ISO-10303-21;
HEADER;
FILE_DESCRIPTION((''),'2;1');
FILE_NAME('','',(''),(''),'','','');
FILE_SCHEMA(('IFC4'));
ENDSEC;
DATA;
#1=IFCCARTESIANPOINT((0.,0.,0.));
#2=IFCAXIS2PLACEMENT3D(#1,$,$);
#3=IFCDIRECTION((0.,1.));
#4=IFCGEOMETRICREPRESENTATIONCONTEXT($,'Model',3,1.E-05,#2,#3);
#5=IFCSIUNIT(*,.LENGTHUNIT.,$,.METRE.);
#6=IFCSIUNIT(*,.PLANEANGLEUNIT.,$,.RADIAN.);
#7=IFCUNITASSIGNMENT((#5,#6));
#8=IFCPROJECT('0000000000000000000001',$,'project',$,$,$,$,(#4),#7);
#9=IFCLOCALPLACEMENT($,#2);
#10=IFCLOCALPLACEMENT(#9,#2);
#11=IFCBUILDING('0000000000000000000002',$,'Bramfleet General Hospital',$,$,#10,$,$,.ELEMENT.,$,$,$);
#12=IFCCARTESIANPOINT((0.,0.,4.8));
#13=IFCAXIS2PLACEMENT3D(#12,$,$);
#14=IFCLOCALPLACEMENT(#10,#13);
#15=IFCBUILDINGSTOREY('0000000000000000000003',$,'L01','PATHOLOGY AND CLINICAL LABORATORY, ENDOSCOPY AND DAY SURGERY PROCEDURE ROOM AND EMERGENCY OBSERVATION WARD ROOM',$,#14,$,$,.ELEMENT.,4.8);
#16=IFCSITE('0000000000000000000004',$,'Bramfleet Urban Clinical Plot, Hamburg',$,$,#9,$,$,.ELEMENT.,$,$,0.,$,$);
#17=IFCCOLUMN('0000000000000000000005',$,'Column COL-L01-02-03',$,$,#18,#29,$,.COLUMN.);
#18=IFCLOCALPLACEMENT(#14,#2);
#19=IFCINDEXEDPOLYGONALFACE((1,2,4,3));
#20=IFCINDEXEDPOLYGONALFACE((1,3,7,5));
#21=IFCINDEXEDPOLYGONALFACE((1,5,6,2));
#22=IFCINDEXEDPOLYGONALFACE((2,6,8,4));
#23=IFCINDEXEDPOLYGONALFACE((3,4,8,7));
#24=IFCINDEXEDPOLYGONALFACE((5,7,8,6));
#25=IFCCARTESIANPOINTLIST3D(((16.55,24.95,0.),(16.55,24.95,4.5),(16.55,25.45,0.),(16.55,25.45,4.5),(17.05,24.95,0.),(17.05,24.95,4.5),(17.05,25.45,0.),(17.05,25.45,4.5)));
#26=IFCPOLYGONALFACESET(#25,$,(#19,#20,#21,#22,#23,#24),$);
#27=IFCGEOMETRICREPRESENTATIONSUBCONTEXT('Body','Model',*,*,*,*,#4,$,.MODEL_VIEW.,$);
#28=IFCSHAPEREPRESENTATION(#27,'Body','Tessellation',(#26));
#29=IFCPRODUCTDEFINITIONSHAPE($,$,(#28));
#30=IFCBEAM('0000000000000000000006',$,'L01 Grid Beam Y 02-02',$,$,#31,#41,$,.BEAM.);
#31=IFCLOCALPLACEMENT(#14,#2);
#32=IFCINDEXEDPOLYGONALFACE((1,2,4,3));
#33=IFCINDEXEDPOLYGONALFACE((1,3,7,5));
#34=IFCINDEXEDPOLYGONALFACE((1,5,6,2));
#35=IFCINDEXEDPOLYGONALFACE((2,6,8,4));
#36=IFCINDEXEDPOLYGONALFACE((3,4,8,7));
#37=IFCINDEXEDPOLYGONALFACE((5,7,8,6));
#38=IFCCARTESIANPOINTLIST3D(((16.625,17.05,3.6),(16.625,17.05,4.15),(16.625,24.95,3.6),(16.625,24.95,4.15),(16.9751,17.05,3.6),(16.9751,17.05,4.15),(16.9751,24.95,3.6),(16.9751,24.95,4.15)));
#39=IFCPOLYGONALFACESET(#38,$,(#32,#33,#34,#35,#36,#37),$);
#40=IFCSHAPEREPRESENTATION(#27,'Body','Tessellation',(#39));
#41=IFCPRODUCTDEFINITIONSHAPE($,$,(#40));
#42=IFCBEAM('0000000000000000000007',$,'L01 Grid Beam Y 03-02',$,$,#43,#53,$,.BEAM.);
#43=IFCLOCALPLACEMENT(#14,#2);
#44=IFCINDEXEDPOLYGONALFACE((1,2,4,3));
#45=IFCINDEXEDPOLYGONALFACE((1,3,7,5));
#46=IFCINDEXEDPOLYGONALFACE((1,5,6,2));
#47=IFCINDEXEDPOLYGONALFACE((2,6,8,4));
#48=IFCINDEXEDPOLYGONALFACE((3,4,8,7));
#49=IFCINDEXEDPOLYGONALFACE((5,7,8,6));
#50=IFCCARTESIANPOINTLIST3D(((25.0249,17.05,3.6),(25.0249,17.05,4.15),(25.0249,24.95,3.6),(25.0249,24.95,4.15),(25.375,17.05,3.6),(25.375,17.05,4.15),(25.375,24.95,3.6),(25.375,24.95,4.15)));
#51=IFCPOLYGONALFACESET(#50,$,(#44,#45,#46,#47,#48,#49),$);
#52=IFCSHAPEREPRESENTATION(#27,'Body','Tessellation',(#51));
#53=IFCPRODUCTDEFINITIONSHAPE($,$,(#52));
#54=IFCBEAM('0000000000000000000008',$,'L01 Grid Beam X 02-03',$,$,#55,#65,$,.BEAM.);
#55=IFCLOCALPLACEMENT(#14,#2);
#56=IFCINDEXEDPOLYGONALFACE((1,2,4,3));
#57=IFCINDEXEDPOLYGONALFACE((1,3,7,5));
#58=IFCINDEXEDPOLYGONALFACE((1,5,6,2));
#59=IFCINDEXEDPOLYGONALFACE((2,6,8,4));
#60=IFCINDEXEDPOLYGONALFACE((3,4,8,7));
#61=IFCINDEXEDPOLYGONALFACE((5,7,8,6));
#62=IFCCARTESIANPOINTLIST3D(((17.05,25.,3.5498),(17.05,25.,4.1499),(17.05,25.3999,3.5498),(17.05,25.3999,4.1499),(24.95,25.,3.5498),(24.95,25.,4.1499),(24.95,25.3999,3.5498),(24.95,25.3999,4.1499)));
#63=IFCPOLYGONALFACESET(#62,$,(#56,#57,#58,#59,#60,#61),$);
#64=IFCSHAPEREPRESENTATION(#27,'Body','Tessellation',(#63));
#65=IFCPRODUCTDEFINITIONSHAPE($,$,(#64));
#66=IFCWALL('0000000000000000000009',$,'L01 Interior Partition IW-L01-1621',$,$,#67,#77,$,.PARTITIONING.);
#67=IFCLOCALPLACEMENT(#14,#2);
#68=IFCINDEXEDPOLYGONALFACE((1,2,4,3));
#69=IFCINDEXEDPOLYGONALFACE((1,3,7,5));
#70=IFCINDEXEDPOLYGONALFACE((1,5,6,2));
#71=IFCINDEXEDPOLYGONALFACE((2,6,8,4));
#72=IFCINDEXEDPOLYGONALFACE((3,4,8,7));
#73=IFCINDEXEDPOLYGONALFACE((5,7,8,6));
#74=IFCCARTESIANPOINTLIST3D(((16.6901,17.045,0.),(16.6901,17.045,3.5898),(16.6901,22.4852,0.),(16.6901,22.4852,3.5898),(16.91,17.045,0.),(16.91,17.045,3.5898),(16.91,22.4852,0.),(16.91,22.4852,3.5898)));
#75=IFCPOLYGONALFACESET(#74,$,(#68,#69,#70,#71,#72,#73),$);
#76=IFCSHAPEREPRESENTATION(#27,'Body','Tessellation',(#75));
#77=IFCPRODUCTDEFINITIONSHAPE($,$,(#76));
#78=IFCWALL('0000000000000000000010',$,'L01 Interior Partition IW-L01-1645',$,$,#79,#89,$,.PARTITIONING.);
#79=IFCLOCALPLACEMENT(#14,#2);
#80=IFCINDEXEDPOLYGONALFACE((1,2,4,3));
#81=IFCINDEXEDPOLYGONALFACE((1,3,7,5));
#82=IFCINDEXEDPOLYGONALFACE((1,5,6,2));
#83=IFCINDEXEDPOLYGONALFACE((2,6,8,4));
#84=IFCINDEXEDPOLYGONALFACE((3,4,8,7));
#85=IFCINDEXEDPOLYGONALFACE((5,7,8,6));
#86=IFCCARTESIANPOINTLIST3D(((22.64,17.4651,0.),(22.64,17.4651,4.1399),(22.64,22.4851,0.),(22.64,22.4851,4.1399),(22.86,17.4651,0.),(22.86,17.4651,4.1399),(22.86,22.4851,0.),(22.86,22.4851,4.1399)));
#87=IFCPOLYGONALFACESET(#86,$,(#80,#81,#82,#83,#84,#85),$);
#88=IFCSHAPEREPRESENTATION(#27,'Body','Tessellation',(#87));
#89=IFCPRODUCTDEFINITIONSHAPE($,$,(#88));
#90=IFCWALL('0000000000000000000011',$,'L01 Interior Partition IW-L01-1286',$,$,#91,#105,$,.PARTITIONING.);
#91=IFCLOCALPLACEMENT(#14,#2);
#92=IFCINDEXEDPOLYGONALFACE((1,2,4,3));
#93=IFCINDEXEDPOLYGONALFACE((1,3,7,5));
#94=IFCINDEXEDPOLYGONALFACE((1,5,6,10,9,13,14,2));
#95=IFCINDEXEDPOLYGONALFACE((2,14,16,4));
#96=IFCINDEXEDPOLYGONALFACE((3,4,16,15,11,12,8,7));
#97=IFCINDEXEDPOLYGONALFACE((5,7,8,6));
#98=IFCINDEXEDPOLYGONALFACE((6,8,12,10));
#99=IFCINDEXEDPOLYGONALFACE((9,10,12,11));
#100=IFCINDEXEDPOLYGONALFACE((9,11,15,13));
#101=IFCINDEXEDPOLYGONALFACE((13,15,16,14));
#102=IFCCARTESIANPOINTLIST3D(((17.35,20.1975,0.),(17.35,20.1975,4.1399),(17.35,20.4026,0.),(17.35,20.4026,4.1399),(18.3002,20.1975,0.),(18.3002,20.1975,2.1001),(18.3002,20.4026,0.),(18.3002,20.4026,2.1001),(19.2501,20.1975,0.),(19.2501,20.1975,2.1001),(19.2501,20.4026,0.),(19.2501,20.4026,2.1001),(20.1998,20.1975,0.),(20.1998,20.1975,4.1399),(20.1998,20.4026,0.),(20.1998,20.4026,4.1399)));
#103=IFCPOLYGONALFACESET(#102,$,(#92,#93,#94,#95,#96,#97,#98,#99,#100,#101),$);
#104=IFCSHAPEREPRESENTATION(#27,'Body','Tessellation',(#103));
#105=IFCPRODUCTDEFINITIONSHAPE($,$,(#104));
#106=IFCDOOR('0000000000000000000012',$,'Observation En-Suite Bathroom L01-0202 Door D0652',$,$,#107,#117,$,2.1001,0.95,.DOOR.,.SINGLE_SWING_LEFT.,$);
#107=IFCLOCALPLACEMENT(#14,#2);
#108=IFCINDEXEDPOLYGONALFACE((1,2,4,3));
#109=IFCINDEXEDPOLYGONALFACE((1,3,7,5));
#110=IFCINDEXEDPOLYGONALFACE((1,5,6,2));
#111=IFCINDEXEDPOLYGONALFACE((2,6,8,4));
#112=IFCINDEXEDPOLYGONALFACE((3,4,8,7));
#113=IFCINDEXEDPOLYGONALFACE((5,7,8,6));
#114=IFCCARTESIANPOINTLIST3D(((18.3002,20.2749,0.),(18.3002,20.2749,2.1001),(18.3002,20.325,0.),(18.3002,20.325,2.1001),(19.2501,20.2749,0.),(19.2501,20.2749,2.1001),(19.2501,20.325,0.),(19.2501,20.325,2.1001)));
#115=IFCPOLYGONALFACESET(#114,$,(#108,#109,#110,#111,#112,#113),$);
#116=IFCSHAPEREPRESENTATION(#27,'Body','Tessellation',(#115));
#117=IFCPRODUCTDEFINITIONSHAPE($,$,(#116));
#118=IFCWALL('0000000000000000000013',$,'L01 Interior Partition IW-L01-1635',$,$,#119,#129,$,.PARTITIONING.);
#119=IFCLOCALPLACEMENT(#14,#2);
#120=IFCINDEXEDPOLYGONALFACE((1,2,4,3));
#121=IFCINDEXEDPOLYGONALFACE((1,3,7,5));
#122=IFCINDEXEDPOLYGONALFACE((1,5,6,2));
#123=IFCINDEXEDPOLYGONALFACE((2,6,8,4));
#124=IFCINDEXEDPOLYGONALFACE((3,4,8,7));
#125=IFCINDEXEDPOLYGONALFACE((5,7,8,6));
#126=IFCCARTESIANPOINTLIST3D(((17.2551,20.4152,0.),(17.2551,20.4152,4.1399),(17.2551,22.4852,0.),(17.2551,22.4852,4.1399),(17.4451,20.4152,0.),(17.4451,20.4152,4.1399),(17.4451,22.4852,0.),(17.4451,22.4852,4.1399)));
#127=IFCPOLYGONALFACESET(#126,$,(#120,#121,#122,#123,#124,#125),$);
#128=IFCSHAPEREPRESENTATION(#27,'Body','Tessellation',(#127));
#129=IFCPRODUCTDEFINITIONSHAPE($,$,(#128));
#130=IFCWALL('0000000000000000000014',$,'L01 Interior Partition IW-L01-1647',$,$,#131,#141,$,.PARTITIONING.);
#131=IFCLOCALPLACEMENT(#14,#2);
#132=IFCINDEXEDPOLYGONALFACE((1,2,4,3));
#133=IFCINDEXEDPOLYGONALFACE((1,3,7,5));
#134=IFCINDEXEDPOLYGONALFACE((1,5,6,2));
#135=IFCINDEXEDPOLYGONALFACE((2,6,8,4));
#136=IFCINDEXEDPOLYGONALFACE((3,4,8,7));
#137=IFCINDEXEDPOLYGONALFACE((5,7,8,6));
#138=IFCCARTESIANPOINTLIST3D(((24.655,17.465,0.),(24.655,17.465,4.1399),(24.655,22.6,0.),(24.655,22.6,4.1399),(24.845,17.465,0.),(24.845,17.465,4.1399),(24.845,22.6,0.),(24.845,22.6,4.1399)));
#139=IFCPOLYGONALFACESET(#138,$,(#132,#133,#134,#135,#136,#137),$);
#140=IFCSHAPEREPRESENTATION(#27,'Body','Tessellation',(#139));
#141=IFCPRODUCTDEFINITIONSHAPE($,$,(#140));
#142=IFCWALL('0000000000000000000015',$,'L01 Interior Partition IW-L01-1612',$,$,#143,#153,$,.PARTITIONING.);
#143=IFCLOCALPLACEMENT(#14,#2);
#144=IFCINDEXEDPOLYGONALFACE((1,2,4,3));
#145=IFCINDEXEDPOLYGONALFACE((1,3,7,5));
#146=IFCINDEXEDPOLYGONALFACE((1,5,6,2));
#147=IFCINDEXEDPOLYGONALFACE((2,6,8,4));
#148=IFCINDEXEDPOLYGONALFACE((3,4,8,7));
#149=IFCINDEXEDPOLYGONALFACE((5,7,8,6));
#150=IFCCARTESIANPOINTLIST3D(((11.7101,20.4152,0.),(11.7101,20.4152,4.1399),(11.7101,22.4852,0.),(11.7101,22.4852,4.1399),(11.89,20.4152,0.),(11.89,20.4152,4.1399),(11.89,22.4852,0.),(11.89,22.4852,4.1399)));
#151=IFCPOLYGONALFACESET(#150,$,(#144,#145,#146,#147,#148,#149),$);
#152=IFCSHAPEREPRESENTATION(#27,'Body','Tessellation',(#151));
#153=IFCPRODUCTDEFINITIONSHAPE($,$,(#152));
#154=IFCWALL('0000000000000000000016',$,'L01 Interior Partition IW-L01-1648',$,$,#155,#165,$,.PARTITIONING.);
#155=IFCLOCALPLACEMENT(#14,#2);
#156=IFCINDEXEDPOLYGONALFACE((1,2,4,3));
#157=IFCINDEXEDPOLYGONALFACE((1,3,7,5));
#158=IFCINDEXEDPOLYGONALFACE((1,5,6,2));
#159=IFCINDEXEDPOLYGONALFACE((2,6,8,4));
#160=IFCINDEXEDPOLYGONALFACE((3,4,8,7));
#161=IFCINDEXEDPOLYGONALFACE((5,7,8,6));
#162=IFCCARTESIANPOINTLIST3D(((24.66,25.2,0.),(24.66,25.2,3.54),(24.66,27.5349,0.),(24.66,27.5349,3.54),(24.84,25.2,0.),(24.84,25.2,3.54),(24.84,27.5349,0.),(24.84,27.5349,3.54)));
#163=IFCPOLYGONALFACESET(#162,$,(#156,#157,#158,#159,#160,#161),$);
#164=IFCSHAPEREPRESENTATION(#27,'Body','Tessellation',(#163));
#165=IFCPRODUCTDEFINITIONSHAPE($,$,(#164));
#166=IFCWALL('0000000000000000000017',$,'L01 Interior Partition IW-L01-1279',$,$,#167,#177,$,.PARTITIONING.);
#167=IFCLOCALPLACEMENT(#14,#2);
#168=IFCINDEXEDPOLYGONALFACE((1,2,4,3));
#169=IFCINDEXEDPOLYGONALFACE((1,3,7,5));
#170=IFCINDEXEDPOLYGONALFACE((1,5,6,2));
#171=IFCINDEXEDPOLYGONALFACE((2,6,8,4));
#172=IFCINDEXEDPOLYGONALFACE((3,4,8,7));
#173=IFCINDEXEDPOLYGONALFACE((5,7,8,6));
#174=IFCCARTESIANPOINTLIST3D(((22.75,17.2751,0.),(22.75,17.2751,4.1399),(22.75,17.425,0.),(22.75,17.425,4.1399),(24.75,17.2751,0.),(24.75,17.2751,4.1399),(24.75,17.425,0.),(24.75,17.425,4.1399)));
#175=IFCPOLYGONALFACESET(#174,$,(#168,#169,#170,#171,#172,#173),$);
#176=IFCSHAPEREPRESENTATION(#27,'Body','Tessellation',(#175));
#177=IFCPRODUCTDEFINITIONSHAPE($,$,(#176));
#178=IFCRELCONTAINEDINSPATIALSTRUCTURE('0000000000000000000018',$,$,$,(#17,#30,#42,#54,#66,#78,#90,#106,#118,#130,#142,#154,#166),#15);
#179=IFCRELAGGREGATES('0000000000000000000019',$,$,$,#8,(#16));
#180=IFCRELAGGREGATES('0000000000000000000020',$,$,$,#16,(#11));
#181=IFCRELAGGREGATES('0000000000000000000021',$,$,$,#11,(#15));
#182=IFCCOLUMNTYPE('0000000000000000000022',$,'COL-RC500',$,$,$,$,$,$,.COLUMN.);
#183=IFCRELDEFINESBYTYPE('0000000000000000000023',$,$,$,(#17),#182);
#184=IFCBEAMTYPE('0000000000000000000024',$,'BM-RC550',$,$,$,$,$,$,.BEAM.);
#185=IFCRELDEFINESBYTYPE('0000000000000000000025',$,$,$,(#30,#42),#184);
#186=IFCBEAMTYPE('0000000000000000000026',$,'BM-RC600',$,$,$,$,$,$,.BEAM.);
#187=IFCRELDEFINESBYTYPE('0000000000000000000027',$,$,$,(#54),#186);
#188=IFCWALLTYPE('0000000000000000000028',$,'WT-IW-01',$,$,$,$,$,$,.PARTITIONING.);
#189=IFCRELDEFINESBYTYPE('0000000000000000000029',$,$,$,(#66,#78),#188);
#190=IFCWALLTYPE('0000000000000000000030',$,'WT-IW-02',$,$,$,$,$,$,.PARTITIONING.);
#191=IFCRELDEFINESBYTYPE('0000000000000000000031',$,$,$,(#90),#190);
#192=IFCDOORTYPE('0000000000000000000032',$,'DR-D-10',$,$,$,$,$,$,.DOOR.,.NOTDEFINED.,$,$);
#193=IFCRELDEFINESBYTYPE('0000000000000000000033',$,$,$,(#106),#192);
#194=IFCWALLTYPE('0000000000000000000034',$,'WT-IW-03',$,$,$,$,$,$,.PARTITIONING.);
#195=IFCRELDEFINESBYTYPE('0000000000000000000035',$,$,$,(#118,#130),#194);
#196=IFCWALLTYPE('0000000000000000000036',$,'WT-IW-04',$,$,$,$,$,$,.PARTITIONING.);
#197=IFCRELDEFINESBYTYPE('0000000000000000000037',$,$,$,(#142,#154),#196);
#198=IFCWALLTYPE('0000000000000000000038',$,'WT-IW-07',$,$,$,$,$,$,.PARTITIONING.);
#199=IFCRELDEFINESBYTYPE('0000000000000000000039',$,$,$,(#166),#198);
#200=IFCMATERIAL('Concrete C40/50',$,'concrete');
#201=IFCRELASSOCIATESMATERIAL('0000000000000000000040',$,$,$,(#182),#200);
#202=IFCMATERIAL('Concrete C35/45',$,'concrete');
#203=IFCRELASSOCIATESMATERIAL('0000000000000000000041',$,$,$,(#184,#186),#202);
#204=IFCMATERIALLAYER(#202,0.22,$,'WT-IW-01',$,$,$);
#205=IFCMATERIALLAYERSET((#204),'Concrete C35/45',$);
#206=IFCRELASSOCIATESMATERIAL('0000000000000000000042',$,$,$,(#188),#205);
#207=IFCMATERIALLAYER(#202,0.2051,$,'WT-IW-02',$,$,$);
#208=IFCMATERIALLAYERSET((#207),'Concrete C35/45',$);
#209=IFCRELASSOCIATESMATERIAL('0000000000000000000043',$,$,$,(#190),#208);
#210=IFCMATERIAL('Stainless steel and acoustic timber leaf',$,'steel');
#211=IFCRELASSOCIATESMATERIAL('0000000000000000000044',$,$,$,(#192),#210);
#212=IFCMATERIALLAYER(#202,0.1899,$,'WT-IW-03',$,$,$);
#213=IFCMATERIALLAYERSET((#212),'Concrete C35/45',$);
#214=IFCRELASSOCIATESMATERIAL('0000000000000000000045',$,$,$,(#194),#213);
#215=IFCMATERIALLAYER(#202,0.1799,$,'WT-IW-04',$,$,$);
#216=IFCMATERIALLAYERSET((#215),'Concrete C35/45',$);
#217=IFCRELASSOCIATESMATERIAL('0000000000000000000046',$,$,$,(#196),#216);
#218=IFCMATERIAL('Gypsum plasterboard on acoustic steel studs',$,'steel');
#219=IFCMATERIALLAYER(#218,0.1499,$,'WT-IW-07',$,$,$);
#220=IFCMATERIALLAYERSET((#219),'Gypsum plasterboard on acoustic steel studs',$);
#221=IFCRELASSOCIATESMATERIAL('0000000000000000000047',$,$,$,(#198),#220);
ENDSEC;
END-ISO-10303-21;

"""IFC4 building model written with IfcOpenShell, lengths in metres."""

from ifc_helpers import new_model, si_unit, direction, frame, frame_2d, origin, origin_2d, place, context, subcontext, project, spatial, rectangle, extrude, material, layer, layer_set, material_profile, profile_set, type_object, element, fill, save


model = new_model("IFC4")

# Units and contexts
model_context = context("Model", 3, precision=1e-05, world=origin(), true_north=direction((0.0, 1.0)))
body_context = subcontext(model_context, "Body", "Model", "MODEL_VIEW")
ifc_project = project(units=[si_unit("LENGTHUNIT", "METRE"), si_unit("PLANEANGLEUNIT", "RADIAN")], contexts=[model_context])

# Site, building, storey
site_placement = place(None, origin())
site = spatial("IfcSite", under=ifc_project, at=site_placement, Name="Bramfleet Urban Clinical Plot, Hamburg", CompositionType="ELEMENT", RefElevation=0.0)
building_placement = place(site_placement, origin())
building = spatial("IfcBuilding", under=site, at=building_placement, Name="Bramfleet General Hospital", CompositionType="ELEMENT")
storey_placement = place(building_placement, frame((0.0, 0.0, 4.8)))
storey = spatial("IfcBuildingStorey", under=building, at=storey_placement, Name="L01", Description="PATHOLOGY AND CLINICAL LABORATORY, ENDOSCOPY AND DAY SURGERY PROCEDURE ROOM AND EMERGENCY OBSERVATION WARD ROOM", CompositionType="ELEMENT", Elevation=4.8)

# Column
ifc_material_1 = material(Name="Concrete C40/50", Category="concrete")
ifc_material_profile_1 = material_profile(ifc_material_1, rectangle(XDim=0.5, YDim=0.5, at=origin_2d()), Name="RC COL 500x500")
ifc_profile_set_1 = profile_set([ifc_material_profile_1], Name="Concrete C40/50")
column_type = type_object("IfcColumnType", Name="COL-RC500", PredefinedType="COLUMN", material=ifc_profile_set_1)
column_placement = place(storey_placement, frame((16.8, 25.2, 0.0), z_axis=(0.0, 0.0, 1.0), x_axis=(1.0, 0.0, 0.0)))
element("IfcColumn", 1, at=column_placement, inside=storey, type_object=column_type, Name="Column COL-L01-02-03", PredefinedType="COLUMN", context=body_context, shape_type="SweptSolid", body=[
    extrude(rectangle(XDim=0.5, YDim=0.5, at=origin_2d()), origin(), (0.0, 0.0, 1.0), 4.5),
])

# Beams
ifc_material_2 = material(Name="Concrete C35/45", Category="concrete")
ifc_material_profile_2 = material_profile(ifc_material_2, rectangle(XDim=0.3501, YDim=0.55, at=origin_2d()), Name="RC BM 550x350")
ifc_profile_set_2 = profile_set([ifc_material_profile_2], Name="Concrete C35/45")
beam_type_1 = type_object("IfcBeamType", Name="BM-RC550", PredefinedType="BEAM", material=ifc_profile_set_2)
for number, where, z_axis, x_axis, name in (
    (2, (16.8, 17.05, 3.875), (0.0, 1.0, 0.0), (-1.0, 0.0, 0.0), "L01 Grid Beam Y 02-02"),
    (3, (25.2, 17.05, 3.875), (0.0, 1.0, 0.0), (-1.0, 0.0, 0.0), "L01 Grid Beam Y 03-02"),
):
    element("IfcBeam", number, at=place(storey_placement, frame(where, z_axis=z_axis, x_axis=x_axis)), inside=storey, type_object=beam_type_1, Name=name, PredefinedType="BEAM", context=body_context, shape_type="SweptSolid", body=[
        extrude(rectangle(XDim=0.3501, YDim=0.55, at=origin_2d()), origin(), (0.0, 0.0, 1.0), 7.8999),
    ])
ifc_material_profile_3 = material_profile(ifc_material_2, rectangle(XDim=0.3999, YDim=0.6001, at=origin_2d()), Name="RC BM 600x400")
ifc_profile_set_3 = profile_set([ifc_material_profile_3], Name="Concrete C35/45")
beam_type_2 = type_object("IfcBeamType", Name="BM-RC600", PredefinedType="BEAM", material=ifc_profile_set_3)
beam_placement = place(storey_placement, frame((17.05, 25.2, 3.8499), z_axis=(1.0, 0.0, 0.0), x_axis=(0.0, 1.0, 0.0)))
element("IfcBeam", 4, at=beam_placement, inside=storey, type_object=beam_type_2, Name="L01 Grid Beam X 02-03", PredefinedType="BEAM", context=body_context, shape_type="SweptSolid", body=[
    extrude(rectangle(XDim=0.3999, YDim=0.6001, at=origin_2d()), origin(), (0.0, 0.0, 1.0), 7.8999),
])

# Walls
ifc_layer_1 = layer(ifc_material_2, 0.22, Name="WT-IW-01")
ifc_layer_set_1 = layer_set([ifc_layer_1], Name="Concrete C35/45")
wall_type_1 = type_object("IfcWallType", Name="WT-IW-01", PredefinedType="PARTITIONING", material=ifc_layer_set_1)
wall_1_placement = place(storey_placement, frame((16.8, 17.0449, 0.0), z_axis=(0.0, 0.0, 1.0), x_axis=(0.0, 1.0, 0.0)))
element("IfcWall", 5, at=wall_1_placement, inside=storey, type_object=wall_type_1, Name="L01 Interior Partition IW-L01-1621", PredefinedType="PARTITIONING", context=body_context, shape_type="SweptSolid", body=[
    extrude(rectangle(XDim=5.4402, YDim=0.22, at=frame_2d((2.7202, 0.0))), origin(), (0.0, 0.0, 1.0), 3.5898),
])
wall_2_placement = place(storey_placement, frame((22.75, 17.4651, 0.0), z_axis=(0.0, 0.0, 1.0), x_axis=(0.0, 1.0, 0.0)))
element("IfcWall", 6, at=wall_2_placement, inside=storey, type_object=wall_type_1, Name="L01 Interior Partition IW-L01-1645", PredefinedType="PARTITIONING", context=body_context, shape_type="SweptSolid", body=[
    extrude(rectangle(XDim=5.02, YDim=0.22, at=frame_2d((2.51, 0.0))), origin(), (0.0, 0.0, 1.0), 4.1399),
])

# Wall, opening, door
ifc_layer_2 = layer(ifc_material_2, 0.2051, Name="WT-IW-02")
ifc_layer_set_2 = layer_set([ifc_layer_2], Name="Concrete C35/45")
wall_type_2 = type_object("IfcWallType", Name="WT-IW-02", PredefinedType="PARTITIONING", material=ifc_layer_set_2)
wall_3_placement = place(storey_placement, frame((17.3501, 20.3, 0.0), z_axis=(0.0, 0.0, 1.0), x_axis=(1.0, 0.0, 0.0)))
wall_3 = element("IfcWall", 7, at=wall_3_placement, inside=storey, type_object=wall_type_2, Name="L01 Interior Partition IW-L01-1286", PredefinedType="PARTITIONING", context=body_context, shape_type="SweptSolid", body=[
    extrude(rectangle(XDim=2.8499, YDim=0.2051, at=frame_2d((1.4248, 0.0))), origin(), (0.0, 0.0, 1.0), 4.1399),
])
opening_1_placement = place(wall_3_placement, frame((0.95, 0.0, 0.0)))
opening_1 = element("IfcOpeningElement", 8, at=opening_1_placement, cuts=wall_3, PredefinedType="OPENING", context=body_context, shape_type="SweptSolid", body=[
    extrude(rectangle(XDim=0.95, YDim=2.1001, at=frame_2d((0.4751, 1.05))), frame((0.0, 0.1125, 0.0), z_axis=(0.0, -1.0, 0.0), x_axis=(1.0, 0.0, 0.0)), (0.0, 0.0, 1.0), 0.2251),
])
ifc_material_3 = material(Name="Stainless steel and acoustic timber leaf", Category="steel")
door_type_1 = type_object("IfcDoorType", Name="DR-D-10", OperationType="NOTDEFINED", PredefinedType="DOOR", material=ifc_material_3)
door_1_placement = place(opening_1_placement, origin())
door_1 = element("IfcDoor", 9, at=door_1_placement, inside=storey, type_object=door_type_1, Name="Observation En-Suite Bathroom L01-0202 Door D0652", OperationType="SINGLE_SWING_LEFT", OverallHeight=2.1001, OverallWidth=0.95, PredefinedType="DOOR", context=body_context, shape_type="SweptSolid", body=[
    extrude(rectangle(XDim=0.95, YDim=2.1001, at=frame_2d((0.4751, 1.05))), frame((0.0, 0.0249, 0.0), z_axis=(0.0, -1.0, 0.0), x_axis=(1.0, 0.0, 0.0)), (0.0, 0.0, 1.0), 0.05),
])
fill(opening_1, door_1)

# Walls
ifc_layer_3 = layer(ifc_material_2, 0.1899, Name="WT-IW-03")
ifc_layer_set_3 = layer_set([ifc_layer_3], Name="Concrete C35/45")
wall_type_3 = type_object("IfcWallType", Name="WT-IW-03", PredefinedType="PARTITIONING", material=ifc_layer_set_3)
wall_4_placement = place(storey_placement, frame((17.3501, 20.415, 0.0), z_axis=(0.0, 0.0, 1.0), x_axis=(0.0, 1.0, 0.0)))
element("IfcWall", 10, at=wall_4_placement, inside=storey, type_object=wall_type_3, Name="L01 Interior Partition IW-L01-1635", PredefinedType="PARTITIONING", context=body_context, shape_type="SweptSolid", body=[
    extrude(rectangle(XDim=2.0701, YDim=0.1899, at=frame_2d((1.0352, 0.0))), origin(), (0.0, 0.0, 1.0), 4.1399),
])
wall_5_placement = place(storey_placement, frame((24.75, 17.4651, 0.0), z_axis=(0.0, 0.0, 1.0), x_axis=(0.0, 1.0, 0.0)))
element("IfcWall", 11, at=wall_5_placement, inside=storey, type_object=wall_type_3, Name="L01 Interior Partition IW-L01-1647", PredefinedType="PARTITIONING", context=body_context, shape_type="SweptSolid", body=[
    extrude(rectangle(XDim=5.135, YDim=0.1899, at=frame_2d((2.5674, 0.0))), origin(), (0.0, 0.0, 1.0), 4.1399),
])
ifc_layer_4 = layer(ifc_material_2, 0.1799, Name="WT-IW-04")
ifc_layer_set_4 = layer_set([ifc_layer_4], Name="Concrete C35/45")
wall_type_4 = type_object("IfcWallType", Name="WT-IW-04", PredefinedType="PARTITIONING", material=ifc_layer_set_4)
wall_6_placement = place(storey_placement, frame((11.8, 20.415, 0.0), z_axis=(0.0, 0.0, 1.0), x_axis=(0.0, 1.0, 0.0)))
element("IfcWall", 12, at=wall_6_placement, inside=storey, type_object=wall_type_4, Name="L01 Interior Partition IW-L01-1612", PredefinedType="PARTITIONING", context=body_context, shape_type="SweptSolid", body=[
    extrude(rectangle(XDim=2.0701, YDim=0.1799, at=frame_2d((1.0352, 0.0))), origin(), (0.0, 0.0, 1.0), 4.1399),
])
wall_7_placement = place(storey_placement, frame((24.75, 25.2, 0.0), z_axis=(0.0, 0.0, 1.0), x_axis=(0.0, 1.0, 0.0)))
element("IfcWall", 13, at=wall_7_placement, inside=storey, type_object=wall_type_4, Name="L01 Interior Partition IW-L01-1648", PredefinedType="PARTITIONING", context=body_context, shape_type="SweptSolid", body=[
    extrude(rectangle(XDim=2.335, YDim=0.1799, at=frame_2d((1.1675, 0.0))), origin(), (0.0, 0.0, 1.0), 3.54),
])

# Shared definitions
ifc_material_4 = material(Name="Gypsum plasterboard on acoustic steel studs", Category="steel")

# Wall
ifc_layer_5 = layer(ifc_material_4, 0.1499, Name="WT-IW-07")
ifc_layer_set_5 = layer_set([ifc_layer_5], Name="Gypsum plasterboard on acoustic steel studs")
wall_type_5 = type_object("IfcWallType", Name="WT-IW-07", PredefinedType="PARTITIONING", material=ifc_layer_set_5)
wall_8_placement = place(storey_placement, frame((22.75, 17.3501, 0.0), z_axis=(0.0, 0.0, 1.0), x_axis=(1.0, 0.0, 0.0)))
element("IfcWall", 14, at=wall_8_placement, inside=storey, type_object=wall_type_5, Name="L01 Interior Partition IW-L01-1279", PredefinedType="PARTITIONING", context=body_context, shape_type="SweptSolid", body=[
    extrude(rectangle(XDim=2.0, YDim=0.1499, at=frame_2d((1.0, 0.0))), origin(), (0.0, 0.0, 1.0), 4.1399),
])

save(model, "model.ifc")
